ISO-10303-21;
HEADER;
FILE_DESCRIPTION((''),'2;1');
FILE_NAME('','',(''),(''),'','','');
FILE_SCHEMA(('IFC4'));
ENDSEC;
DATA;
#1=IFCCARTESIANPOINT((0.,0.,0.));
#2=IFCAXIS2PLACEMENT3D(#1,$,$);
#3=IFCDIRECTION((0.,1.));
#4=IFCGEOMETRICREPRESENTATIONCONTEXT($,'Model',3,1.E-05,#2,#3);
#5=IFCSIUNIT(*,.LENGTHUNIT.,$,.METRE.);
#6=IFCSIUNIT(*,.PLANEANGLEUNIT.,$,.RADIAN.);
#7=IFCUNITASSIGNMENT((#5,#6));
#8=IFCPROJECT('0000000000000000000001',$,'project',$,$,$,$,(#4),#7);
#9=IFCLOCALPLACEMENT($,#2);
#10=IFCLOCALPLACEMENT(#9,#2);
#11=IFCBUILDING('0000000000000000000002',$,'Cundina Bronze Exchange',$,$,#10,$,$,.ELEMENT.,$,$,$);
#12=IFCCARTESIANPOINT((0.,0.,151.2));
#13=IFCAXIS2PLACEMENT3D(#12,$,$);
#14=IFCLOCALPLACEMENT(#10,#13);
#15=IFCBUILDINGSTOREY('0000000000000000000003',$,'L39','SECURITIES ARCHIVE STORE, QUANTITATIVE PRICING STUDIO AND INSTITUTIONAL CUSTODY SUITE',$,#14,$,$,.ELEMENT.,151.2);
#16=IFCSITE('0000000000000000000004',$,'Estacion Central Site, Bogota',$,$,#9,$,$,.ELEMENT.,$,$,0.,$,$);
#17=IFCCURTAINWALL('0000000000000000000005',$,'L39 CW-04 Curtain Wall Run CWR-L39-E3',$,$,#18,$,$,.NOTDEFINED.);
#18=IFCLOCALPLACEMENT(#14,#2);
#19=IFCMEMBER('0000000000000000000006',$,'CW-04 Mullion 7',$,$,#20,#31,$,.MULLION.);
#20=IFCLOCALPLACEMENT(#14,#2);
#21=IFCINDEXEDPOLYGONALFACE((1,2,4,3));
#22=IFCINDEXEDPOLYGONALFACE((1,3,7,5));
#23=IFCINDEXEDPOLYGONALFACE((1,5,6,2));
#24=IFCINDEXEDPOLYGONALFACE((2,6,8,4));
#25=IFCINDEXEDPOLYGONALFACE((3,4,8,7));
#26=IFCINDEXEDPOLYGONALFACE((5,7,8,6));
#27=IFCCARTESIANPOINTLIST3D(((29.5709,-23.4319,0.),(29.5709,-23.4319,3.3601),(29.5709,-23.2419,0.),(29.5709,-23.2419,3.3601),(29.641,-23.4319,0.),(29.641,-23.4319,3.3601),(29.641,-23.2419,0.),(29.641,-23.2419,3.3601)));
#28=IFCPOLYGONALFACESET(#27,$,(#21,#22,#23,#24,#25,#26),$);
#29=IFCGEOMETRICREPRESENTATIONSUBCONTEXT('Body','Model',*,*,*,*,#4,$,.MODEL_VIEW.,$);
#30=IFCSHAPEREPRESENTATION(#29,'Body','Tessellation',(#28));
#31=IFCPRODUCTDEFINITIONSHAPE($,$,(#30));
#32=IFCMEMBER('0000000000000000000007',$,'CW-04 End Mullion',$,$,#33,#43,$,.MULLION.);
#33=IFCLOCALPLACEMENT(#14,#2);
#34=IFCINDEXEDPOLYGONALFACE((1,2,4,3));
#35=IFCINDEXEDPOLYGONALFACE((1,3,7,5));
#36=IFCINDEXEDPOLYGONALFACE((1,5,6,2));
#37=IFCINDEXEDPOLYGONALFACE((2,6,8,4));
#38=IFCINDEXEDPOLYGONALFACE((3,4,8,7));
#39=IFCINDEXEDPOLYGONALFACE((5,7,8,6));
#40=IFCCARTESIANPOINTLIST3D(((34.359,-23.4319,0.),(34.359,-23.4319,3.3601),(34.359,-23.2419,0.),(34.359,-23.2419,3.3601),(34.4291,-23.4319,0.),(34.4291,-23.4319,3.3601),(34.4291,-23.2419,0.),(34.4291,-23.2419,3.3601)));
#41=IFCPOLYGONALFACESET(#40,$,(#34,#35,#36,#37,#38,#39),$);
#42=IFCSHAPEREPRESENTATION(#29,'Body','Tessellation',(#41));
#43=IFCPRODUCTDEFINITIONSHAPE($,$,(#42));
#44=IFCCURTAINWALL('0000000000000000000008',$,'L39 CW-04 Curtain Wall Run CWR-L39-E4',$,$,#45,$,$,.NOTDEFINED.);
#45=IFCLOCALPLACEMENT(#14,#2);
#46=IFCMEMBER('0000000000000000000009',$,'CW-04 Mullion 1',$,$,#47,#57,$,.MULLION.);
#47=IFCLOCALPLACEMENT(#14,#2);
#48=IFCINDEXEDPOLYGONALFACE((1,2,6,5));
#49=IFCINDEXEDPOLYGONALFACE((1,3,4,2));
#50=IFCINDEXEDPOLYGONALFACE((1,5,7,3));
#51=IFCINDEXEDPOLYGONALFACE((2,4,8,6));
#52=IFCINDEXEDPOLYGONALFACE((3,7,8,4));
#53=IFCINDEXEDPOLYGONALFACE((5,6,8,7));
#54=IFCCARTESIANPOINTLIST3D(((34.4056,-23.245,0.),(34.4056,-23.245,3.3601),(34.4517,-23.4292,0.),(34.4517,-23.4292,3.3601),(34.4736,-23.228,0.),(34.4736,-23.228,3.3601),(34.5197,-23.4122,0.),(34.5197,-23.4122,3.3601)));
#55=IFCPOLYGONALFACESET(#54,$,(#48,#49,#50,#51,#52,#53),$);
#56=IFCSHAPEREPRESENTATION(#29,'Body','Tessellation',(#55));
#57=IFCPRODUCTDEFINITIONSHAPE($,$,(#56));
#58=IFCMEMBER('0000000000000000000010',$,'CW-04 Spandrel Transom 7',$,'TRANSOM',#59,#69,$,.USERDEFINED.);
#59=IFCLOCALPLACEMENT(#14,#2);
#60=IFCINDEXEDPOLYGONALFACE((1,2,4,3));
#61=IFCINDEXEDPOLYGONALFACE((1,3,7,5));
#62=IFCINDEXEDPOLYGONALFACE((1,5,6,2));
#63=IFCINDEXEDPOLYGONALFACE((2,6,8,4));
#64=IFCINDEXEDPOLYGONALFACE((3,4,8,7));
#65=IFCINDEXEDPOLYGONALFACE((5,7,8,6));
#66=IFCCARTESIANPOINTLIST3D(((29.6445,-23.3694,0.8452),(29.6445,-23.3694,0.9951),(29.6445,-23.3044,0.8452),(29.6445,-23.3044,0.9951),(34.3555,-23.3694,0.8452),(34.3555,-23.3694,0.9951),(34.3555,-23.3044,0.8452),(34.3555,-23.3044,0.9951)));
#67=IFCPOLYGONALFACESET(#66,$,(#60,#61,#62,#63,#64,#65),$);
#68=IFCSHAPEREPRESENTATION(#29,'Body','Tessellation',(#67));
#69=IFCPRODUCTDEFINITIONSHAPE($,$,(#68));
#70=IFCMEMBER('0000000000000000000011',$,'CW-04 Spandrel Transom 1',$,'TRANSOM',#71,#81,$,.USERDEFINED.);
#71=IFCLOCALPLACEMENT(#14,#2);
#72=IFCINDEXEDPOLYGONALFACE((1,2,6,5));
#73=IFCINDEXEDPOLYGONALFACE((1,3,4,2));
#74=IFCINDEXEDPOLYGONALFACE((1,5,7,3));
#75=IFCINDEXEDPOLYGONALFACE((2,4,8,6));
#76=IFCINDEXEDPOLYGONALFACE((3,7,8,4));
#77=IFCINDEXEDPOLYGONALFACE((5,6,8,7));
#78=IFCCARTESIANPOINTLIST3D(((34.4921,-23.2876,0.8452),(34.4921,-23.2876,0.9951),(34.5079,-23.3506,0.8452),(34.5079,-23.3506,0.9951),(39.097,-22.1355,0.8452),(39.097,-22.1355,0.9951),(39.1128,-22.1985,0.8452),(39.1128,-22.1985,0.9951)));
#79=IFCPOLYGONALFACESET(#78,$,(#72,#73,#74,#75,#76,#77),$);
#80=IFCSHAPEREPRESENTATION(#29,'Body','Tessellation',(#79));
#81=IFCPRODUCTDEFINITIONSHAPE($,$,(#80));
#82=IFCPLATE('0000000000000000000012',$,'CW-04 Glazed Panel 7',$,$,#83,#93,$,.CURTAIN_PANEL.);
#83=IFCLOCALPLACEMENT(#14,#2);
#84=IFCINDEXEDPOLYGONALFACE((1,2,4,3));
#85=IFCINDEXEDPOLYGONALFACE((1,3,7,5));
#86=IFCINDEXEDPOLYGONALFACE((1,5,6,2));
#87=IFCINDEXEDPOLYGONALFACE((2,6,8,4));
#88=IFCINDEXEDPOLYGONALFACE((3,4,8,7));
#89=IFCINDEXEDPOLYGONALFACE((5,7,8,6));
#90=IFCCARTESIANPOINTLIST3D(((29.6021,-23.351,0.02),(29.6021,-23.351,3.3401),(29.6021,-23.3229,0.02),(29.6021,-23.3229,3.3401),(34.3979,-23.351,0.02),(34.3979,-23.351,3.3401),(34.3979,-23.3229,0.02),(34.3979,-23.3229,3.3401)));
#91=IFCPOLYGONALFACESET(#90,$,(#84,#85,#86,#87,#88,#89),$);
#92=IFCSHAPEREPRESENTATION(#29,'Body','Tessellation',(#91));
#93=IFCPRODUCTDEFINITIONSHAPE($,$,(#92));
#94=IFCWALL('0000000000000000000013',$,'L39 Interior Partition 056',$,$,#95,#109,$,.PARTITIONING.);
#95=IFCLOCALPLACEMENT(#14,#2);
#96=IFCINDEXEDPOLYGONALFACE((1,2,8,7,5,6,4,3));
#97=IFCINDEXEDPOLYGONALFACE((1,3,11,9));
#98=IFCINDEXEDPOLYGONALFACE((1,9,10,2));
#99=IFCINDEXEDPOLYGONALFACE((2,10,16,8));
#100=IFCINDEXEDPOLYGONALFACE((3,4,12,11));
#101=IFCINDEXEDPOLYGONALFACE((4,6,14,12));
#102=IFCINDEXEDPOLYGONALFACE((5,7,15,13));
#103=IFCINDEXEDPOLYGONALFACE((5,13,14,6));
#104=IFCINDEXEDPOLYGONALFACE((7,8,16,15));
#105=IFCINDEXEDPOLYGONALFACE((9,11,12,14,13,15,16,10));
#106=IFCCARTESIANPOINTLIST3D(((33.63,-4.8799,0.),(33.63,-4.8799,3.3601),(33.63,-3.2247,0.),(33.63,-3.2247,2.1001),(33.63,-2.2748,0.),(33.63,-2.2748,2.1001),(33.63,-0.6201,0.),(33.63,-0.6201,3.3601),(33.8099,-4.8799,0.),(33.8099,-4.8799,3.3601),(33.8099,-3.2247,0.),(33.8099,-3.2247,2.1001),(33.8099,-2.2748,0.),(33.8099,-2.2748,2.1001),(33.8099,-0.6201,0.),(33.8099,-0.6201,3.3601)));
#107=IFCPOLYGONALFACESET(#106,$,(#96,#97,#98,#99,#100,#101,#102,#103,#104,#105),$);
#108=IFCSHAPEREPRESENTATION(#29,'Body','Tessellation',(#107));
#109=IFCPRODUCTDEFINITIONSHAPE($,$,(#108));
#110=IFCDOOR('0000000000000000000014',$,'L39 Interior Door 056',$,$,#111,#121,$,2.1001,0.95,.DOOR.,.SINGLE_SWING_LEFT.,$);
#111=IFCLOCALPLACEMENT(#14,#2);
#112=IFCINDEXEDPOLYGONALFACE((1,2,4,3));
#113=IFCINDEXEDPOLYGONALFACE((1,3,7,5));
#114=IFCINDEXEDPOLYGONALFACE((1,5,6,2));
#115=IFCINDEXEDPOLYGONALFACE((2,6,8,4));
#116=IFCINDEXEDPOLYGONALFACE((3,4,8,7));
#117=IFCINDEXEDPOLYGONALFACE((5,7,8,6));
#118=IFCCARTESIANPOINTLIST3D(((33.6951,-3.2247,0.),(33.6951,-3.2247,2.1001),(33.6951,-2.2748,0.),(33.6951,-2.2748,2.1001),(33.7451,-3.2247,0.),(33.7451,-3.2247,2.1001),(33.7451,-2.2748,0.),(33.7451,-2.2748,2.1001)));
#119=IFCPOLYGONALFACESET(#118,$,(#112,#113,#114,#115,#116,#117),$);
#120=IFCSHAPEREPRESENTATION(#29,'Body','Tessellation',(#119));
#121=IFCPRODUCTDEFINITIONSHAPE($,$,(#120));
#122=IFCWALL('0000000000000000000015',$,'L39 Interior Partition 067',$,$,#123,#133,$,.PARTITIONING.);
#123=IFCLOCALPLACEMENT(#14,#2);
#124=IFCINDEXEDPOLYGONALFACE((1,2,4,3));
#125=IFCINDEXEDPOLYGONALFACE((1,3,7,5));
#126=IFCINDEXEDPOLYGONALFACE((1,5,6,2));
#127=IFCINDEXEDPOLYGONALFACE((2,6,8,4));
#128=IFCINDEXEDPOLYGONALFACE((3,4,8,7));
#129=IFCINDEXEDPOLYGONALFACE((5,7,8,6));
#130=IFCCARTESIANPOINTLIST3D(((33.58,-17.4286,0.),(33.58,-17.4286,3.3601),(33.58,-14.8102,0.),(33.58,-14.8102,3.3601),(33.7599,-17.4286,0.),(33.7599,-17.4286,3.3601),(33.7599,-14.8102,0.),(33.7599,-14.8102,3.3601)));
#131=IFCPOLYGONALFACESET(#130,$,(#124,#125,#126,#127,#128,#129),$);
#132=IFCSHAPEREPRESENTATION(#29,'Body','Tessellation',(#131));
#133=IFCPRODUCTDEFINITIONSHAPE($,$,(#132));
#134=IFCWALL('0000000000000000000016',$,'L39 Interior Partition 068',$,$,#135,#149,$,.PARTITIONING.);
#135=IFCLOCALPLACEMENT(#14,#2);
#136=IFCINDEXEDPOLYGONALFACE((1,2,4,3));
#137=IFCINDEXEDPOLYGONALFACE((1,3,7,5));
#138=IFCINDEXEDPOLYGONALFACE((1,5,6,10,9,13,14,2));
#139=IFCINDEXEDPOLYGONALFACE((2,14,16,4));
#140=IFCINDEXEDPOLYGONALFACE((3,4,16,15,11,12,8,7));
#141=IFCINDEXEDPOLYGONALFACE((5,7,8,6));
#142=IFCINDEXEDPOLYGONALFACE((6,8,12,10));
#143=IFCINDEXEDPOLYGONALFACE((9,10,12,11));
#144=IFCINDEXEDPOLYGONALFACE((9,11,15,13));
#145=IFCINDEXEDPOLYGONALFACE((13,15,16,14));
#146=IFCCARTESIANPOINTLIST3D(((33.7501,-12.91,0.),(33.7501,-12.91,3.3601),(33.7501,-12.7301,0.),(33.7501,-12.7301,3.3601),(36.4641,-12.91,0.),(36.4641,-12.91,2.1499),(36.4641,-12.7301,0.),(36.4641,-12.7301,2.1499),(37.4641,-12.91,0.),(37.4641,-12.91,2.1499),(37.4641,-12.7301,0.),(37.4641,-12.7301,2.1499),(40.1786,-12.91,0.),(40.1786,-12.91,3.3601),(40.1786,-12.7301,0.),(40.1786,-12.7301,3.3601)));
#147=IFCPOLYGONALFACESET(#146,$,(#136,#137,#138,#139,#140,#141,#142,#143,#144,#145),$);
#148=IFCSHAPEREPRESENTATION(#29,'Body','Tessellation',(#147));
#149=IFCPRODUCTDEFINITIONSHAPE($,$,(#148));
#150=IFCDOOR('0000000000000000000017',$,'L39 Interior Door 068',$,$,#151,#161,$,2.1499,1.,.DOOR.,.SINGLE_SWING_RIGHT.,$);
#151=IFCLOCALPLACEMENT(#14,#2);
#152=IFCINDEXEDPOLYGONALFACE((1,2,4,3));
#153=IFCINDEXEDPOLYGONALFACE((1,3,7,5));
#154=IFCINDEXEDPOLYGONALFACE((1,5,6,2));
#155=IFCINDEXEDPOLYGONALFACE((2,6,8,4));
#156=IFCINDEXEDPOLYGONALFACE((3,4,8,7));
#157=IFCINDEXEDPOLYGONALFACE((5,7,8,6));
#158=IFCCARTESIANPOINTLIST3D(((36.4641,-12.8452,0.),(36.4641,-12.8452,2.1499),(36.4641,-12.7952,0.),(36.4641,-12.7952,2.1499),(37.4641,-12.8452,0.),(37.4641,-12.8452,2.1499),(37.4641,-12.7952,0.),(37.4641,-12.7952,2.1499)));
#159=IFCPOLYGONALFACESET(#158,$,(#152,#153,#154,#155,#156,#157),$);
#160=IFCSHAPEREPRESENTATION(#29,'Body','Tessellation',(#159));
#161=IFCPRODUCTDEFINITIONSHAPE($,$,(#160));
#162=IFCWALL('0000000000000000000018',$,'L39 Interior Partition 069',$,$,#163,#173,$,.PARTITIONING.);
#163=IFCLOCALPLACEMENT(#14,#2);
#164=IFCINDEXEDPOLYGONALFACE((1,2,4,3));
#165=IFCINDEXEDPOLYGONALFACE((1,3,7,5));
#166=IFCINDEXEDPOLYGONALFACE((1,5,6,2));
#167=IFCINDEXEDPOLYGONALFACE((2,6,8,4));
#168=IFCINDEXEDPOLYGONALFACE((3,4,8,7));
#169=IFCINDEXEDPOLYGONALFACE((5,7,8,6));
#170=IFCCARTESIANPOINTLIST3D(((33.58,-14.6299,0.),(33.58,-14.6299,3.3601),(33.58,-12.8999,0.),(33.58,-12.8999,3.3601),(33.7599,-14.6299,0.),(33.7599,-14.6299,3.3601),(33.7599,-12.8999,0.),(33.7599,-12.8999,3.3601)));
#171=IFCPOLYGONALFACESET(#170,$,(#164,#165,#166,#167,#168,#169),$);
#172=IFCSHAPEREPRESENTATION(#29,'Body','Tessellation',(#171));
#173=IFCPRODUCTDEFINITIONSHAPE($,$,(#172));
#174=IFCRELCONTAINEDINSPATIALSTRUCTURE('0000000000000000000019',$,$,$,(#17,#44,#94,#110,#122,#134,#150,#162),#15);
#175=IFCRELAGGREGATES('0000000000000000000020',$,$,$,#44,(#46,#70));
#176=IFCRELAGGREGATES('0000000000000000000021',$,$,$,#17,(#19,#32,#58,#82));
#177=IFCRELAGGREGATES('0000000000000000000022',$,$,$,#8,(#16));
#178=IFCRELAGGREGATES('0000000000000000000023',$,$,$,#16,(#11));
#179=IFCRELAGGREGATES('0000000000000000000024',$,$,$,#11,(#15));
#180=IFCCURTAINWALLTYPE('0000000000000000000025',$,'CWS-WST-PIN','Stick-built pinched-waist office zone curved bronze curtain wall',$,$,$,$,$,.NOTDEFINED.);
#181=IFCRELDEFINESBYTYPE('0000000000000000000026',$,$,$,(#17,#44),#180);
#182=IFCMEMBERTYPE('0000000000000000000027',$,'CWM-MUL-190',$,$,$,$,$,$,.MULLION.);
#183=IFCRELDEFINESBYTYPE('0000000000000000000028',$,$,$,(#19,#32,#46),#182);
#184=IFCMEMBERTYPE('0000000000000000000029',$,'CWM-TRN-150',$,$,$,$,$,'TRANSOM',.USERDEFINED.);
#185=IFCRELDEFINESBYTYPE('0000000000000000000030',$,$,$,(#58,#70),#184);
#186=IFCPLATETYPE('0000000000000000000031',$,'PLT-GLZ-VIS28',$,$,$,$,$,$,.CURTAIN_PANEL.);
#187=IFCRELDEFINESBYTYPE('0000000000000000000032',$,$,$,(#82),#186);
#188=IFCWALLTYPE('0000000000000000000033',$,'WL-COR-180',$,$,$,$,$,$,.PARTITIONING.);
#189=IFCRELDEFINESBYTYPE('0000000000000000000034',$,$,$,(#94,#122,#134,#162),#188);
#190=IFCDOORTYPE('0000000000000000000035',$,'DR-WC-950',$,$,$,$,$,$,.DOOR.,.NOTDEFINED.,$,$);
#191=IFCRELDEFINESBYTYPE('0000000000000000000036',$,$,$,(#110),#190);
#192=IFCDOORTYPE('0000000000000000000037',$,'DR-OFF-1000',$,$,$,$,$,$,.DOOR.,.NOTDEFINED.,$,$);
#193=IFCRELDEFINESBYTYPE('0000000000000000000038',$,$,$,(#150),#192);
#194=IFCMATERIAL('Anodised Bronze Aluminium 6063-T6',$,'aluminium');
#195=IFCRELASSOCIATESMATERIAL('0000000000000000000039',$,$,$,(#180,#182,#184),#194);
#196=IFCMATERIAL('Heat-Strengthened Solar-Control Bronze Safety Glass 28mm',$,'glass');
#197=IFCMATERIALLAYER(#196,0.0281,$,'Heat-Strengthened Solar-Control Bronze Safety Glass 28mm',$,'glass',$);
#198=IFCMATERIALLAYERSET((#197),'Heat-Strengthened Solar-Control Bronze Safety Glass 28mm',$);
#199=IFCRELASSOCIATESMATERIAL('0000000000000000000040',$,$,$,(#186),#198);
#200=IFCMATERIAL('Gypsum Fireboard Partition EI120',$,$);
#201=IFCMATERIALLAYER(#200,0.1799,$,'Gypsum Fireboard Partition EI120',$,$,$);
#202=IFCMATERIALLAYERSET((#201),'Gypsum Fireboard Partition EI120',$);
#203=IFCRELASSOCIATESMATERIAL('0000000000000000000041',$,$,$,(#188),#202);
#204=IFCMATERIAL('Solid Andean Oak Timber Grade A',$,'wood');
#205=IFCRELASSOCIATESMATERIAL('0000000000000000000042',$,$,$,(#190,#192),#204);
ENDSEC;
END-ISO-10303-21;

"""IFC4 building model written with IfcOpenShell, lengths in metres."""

from ifc_helpers import new_model, si_unit, direction, frame, frame_2d, origin, origin_2d, place, context, subcontext, project, spatial, rectangle, extrude, material, layer, layer_set, material_profile, profile_set, type_object, element, fill, aggregate, save


model = new_model("IFC4")

# Units and contexts
model_context = context("Model", 3, precision=1e-05, world=origin(), true_north=direction((0.0, 1.0)))
body_context = subcontext(model_context, "Body", "Model", "MODEL_VIEW")
ifc_project = project(units=[si_unit("LENGTHUNIT", "METRE"), si_unit("PLANEANGLEUNIT", "RADIAN")], contexts=[model_context])

# Site, building, storey
site_placement = place(None, origin())
site = spatial("IfcSite", under=ifc_project, at=site_placement, Name="Estacion Central Site, Bogota", CompositionType="ELEMENT", RefElevation=0.0)
building_placement = place(site_placement, origin())
building = spatial("IfcBuilding", under=site, at=building_placement, Name="Cundina Bronze Exchange", CompositionType="ELEMENT")
storey_placement = place(building_placement, frame((0.0, 0.0, 151.2)))
storey = spatial("IfcBuildingStorey", under=building, at=storey_placement, Name="L39", Description="SECURITIES ARCHIVE STORE, QUANTITATIVE PRICING STUDIO AND INSTITUTIONAL CUSTODY SUITE", CompositionType="ELEMENT", Elevation=151.2)

# Curtain wall, members
ifc_material_1 = material(Name="Anodised Bronze Aluminium 6063-T6", Category="aluminium")
curtain_wall_type = type_object("IfcCurtainWallType", Name="CWS-WST-PIN", Description="Stick-built pinched-waist office zone curved bronze curtain wall", PredefinedType="NOTDEFINED", material=ifc_material_1)
curtain_wall_1_placement = place(storey_placement, origin())
curtain_wall_1 = element("IfcCurtainWall", 1, at=curtain_wall_1_placement, inside=storey, type_object=curtain_wall_type, Name="L39 CW-04 Curtain Wall Run CWR-L39-E3", PredefinedType="NOTDEFINED")
ifc_material_profile_1 = material_profile(ifc_material_1, rectangle(XDim=0.0701, YDim=0.1899, at=origin_2d()), Name="AL70X190", Category="aluminium")
ifc_profile_set_1 = profile_set([ifc_material_profile_1], Name="Anodised Bronze Aluminium 6063-T6")
member_type_1 = type_object("IfcMemberType", Name="CWM-MUL-190", PredefinedType="MULLION", material=ifc_profile_set_1)
member_1_placement = place(storey_placement, frame((29.606, -23.3369, 0.0), z_axis=(0.0, 0.0, 1.0), x_axis=(1.0, 0.0, 0.0)))
member_1 = element("IfcMember", 2, at=member_1_placement, type_object=member_type_1, Name="CW-04 Mullion 7", PredefinedType="MULLION", context=body_context, shape_type="SweptSolid", body=[
    extrude(rectangle(XDim=0.0701, YDim=0.1899, at=origin_2d()), origin(), (0.0, 0.0, 1.0), 3.3601),
])
member_2_placement = place(storey_placement, frame((34.394, -23.3369, 0.0), z_axis=(0.0, 0.0, 1.0), x_axis=(1.0, 0.0, 0.0)))
member_2 = element("IfcMember", 3, at=member_2_placement, type_object=member_type_1, Name="CW-04 End Mullion", PredefinedType="MULLION", context=body_context, shape_type="SweptSolid", body=[
    extrude(rectangle(XDim=0.0701, YDim=0.1899, at=origin_2d()), origin(), (0.0, 0.0, 1.0), 3.3601),
])

# Curtain wall, member
curtain_wall_2_placement = place(storey_placement, origin())
curtain_wall_2 = element("IfcCurtainWall", 4, at=curtain_wall_2_placement, inside=storey, type_object=curtain_wall_type, Name="L39 CW-04 Curtain Wall Run CWR-L39-E4", PredefinedType="NOTDEFINED")
member_3_placement = place(storey_placement, frame((34.4626, -23.3286, 0.0), z_axis=(0.0, 0.0, 1.0), x_axis=(0.970084, 0.242769, 0.0)))
member_3 = element("IfcMember", 5, at=member_3_placement, type_object=member_type_1, Name="CW-04 Mullion 1", PredefinedType="MULLION", context=body_context, shape_type="SweptSolid", body=[
    extrude(rectangle(XDim=0.0701, YDim=0.1899, at=origin_2d()), origin(), (0.0, 0.0, 1.0), 3.3601),
])

# Members
ifc_material_profile_2 = material_profile(ifc_material_1, rectangle(XDim=0.0649, YDim=0.1499, at=origin_2d()), Name="AL65X150", Category="aluminium")
ifc_profile_set_2 = profile_set([ifc_material_profile_2], Name="Anodised Bronze Aluminium 6063-T6")
member_type_2 = type_object("IfcMemberType", Name="CWM-TRN-150", ElementType="TRANSOM", PredefinedType="USERDEFINED", material=ifc_profile_set_2)
member_4_placement = place(storey_placement, frame((29.6445, -23.3369, 0.9202), z_axis=(1.0, 0.0, 0.0), x_axis=(0.0, 1.0, 0.0)))
member_4 = element("IfcMember", 6, at=member_4_placement, type_object=member_type_2, Name="CW-04 Spandrel Transom 7", ObjectType="TRANSOM", PredefinedType="USERDEFINED", context=body_context, shape_type="SweptSolid", body=[
    extrude(rectangle(XDim=0.0649, YDim=0.1499, at=origin_2d()), origin(), (0.0, 0.0, 1.0), 4.7109),
])
member_5_placement = place(storey_placement, frame((34.5, -23.3191, 0.9202), z_axis=(0.9701, 0.242705, 0.0), x_axis=(-0.242705, 0.9701, 0.0)))
member_5 = element("IfcMember", 7, at=member_5_placement, type_object=member_type_2, Name="CW-04 Spandrel Transom 1", ObjectType="TRANSOM", PredefinedType="USERDEFINED", context=body_context, shape_type="SweptSolid", body=[
    extrude(rectangle(XDim=0.0649, YDim=0.1499, at=origin_2d()), origin(), (0.0, 0.0, 1.0), 4.7468),
])
aggregate(curtain_wall_2, [member_3, member_5])

# Plate
ifc_material_2 = material(Name="Heat-Strengthened Solar-Control Bronze Safety Glass 28mm", Category="glass")
ifc_layer_1 = layer(ifc_material_2, 0.0281, Name="Heat-Strengthened Solar-Control Bronze Safety Glass 28mm", Category="glass")
ifc_layer_set_1 = layer_set([ifc_layer_1], Name="Heat-Strengthened Solar-Control Bronze Safety Glass 28mm")
plate_type = type_object("IfcPlateType", Name="PLT-GLZ-VIS28", PredefinedType="CURTAIN_PANEL", material=ifc_layer_set_1)
plate_placement = place(storey_placement, frame((32.0, -23.3369, 0.02), z_axis=(0.0, 0.0, 1.0), x_axis=(1.0, 0.0, 0.0)))
plate = element("IfcPlate", 8, at=plate_placement, type_object=plate_type, Name="CW-04 Glazed Panel 7", PredefinedType="CURTAIN_PANEL", context=body_context, shape_type="SweptSolid", body=[
    extrude(rectangle(XDim=4.7959, YDim=0.0281, at=origin_2d()), origin(), (0.0, 0.0, 1.0), 3.3201),
])
aggregate(curtain_wall_1, [member_1, member_2, member_4, plate])

# Wall, opening, door
ifc_material_3 = material(Name="Gypsum Fireboard Partition EI120")
ifc_layer_2 = layer(ifc_material_3, 0.1799, Name="Gypsum Fireboard Partition EI120")
ifc_layer_set_2 = layer_set([ifc_layer_2], Name="Gypsum Fireboard Partition EI120")
wall_type_1 = type_object("IfcWallType", Name="WL-COR-180", PredefinedType="PARTITIONING", material=ifc_layer_set_2)
wall_1_placement = place(storey_placement, frame((33.72, -4.8799, 0.0), z_axis=(0.0, 0.0, 1.0), x_axis=(0.0, 1.0, 0.0)))
wall_1 = element("IfcWall", 9, at=wall_1_placement, inside=storey, type_object=wall_type_1, Name="L39 Interior Partition 056", PredefinedType="PARTITIONING", context=body_context, shape_type="SweptSolid", body=[
    extrude(rectangle(XDim=4.2598, YDim=0.1799, at=frame_2d((2.1299, 0.0))), origin(), (0.0, 0.0, 1.0), 3.3601),
])
opening_1_placement = place(wall_1_placement, frame((1.655, 0.0, 0.0)))
opening_1 = element("IfcOpeningElement", 10, at=opening_1_placement, cuts=wall_1, PredefinedType="OPENING", context=body_context, shape_type="SweptSolid", body=[
    extrude(rectangle(XDim=0.95, YDim=2.1001, at=frame_2d((0.4751, 1.05))), frame((0.0, 0.0999, 0.0), z_axis=(0.0, -1.0, 0.0), x_axis=(1.0, 0.0, 0.0)), (0.0, 0.0, 1.0), 0.2),
])
ifc_material_4 = material(Name="Solid Andean Oak Timber Grade A", Category="wood")
door_type_1 = type_object("IfcDoorType", Name="DR-WC-950", OperationType="NOTDEFINED", PredefinedType="DOOR", material=ifc_material_4)
door_1_placement = place(opening_1_placement, origin())
door_1 = element("IfcDoor", 11, at=door_1_placement, inside=storey, type_object=door_type_1, Name="L39 Interior Door 056", OperationType="SINGLE_SWING_LEFT", OverallHeight=2.1001, OverallWidth=0.95, PredefinedType="DOOR", context=body_context, shape_type="SweptSolid", body=[
    extrude(rectangle(XDim=0.95, YDim=2.1001, at=frame_2d((0.4751, 1.05))), frame((0.0, 0.0249, 0.0), z_axis=(0.0, -1.0, 0.0), x_axis=(1.0, 0.0, 0.0)), (0.0, 0.0, 1.0), 0.05),
])
fill(opening_1, door_1)
door_type_2 = type_object("IfcDoorType", Name="DR-OFF-1000", OperationType="NOTDEFINED", PredefinedType="DOOR", material=ifc_material_4)

# Wall
wall_2_placement = place(storey_placement, frame((33.6699, -17.4285, 0.0), z_axis=(0.0, 0.0, 1.0), x_axis=(0.0, 1.0, 0.0)))
element("IfcWall", 12, at=wall_2_placement, inside=storey, type_object=wall_type_1, Name="L39 Interior Partition 067", PredefinedType="PARTITIONING", context=body_context, shape_type="SweptSolid", body=[
    extrude(rectangle(XDim=2.6184, YDim=0.1799, at=frame_2d((1.3091, 0.0))), origin(), (0.0, 0.0, 1.0), 3.3601),
])

# Wall, opening, door
wall_3_placement = place(storey_placement, frame((33.75, -12.8201, 0.0), z_axis=(0.0, 0.0, 1.0), x_axis=(1.0, 0.0, 0.0)))
wall_3 = element("IfcWall", 13, at=wall_3_placement, inside=storey, type_object=wall_type_1, Name="L39 Interior Partition 068", PredefinedType="PARTITIONING", context=body_context, shape_type="SweptSolid", body=[
    extrude(rectangle(XDim=6.4285, YDim=0.1799, at=frame_2d((3.2144, 0.0))), origin(), (0.0, 0.0, 1.0), 3.3601),
])
opening_2_placement = place(wall_3_placement, frame((2.7141, 0.0, 0.0)))
opening_2 = element("IfcOpeningElement", 14, at=opening_2_placement, cuts=wall_3, PredefinedType="OPENING", context=body_context, shape_type="SweptSolid", body=[
    extrude(rectangle(XDim=1.0, YDim=2.1499, at=frame_2d((0.5, 1.075))), frame((0.0, 0.0999, 0.0), z_axis=(0.0, -1.0, 0.0), x_axis=(1.0, 0.0, 0.0)), (0.0, 0.0, 1.0), 0.2),
])
door_2_placement = place(opening_2_placement, origin())
door_2 = element("IfcDoor", 15, at=door_2_placement, inside=storey, type_object=door_type_2, Name="L39 Interior Door 068", OperationType="SINGLE_SWING_RIGHT", OverallHeight=2.1499, OverallWidth=1.0, PredefinedType="DOOR", context=body_context, shape_type="SweptSolid", body=[
    extrude(rectangle(XDim=1.0, YDim=2.1499, at=frame_2d((0.5, 1.075))), frame((0.0, 0.0249, 0.0), z_axis=(0.0, -1.0, 0.0), x_axis=(1.0, 0.0, 0.0)), (0.0, 0.0, 1.0), 0.05),
])
fill(opening_2, door_2)

# Wall
wall_4_placement = place(storey_placement, frame((33.6699, -14.6299, 0.0), z_axis=(0.0, 0.0, 1.0), x_axis=(0.0, 1.0, 0.0)))
element("IfcWall", 16, at=wall_4_placement, inside=storey, type_object=wall_type_1, Name="L39 Interior Partition 069", PredefinedType="PARTITIONING", context=body_context, shape_type="SweptSolid", body=[
    extrude(rectangle(XDim=1.73, YDim=0.1799, at=frame_2d((0.865, 0.0))), origin(), (0.0, 0.0, 1.0), 3.3601),
])

save(model, "model.ifc")
